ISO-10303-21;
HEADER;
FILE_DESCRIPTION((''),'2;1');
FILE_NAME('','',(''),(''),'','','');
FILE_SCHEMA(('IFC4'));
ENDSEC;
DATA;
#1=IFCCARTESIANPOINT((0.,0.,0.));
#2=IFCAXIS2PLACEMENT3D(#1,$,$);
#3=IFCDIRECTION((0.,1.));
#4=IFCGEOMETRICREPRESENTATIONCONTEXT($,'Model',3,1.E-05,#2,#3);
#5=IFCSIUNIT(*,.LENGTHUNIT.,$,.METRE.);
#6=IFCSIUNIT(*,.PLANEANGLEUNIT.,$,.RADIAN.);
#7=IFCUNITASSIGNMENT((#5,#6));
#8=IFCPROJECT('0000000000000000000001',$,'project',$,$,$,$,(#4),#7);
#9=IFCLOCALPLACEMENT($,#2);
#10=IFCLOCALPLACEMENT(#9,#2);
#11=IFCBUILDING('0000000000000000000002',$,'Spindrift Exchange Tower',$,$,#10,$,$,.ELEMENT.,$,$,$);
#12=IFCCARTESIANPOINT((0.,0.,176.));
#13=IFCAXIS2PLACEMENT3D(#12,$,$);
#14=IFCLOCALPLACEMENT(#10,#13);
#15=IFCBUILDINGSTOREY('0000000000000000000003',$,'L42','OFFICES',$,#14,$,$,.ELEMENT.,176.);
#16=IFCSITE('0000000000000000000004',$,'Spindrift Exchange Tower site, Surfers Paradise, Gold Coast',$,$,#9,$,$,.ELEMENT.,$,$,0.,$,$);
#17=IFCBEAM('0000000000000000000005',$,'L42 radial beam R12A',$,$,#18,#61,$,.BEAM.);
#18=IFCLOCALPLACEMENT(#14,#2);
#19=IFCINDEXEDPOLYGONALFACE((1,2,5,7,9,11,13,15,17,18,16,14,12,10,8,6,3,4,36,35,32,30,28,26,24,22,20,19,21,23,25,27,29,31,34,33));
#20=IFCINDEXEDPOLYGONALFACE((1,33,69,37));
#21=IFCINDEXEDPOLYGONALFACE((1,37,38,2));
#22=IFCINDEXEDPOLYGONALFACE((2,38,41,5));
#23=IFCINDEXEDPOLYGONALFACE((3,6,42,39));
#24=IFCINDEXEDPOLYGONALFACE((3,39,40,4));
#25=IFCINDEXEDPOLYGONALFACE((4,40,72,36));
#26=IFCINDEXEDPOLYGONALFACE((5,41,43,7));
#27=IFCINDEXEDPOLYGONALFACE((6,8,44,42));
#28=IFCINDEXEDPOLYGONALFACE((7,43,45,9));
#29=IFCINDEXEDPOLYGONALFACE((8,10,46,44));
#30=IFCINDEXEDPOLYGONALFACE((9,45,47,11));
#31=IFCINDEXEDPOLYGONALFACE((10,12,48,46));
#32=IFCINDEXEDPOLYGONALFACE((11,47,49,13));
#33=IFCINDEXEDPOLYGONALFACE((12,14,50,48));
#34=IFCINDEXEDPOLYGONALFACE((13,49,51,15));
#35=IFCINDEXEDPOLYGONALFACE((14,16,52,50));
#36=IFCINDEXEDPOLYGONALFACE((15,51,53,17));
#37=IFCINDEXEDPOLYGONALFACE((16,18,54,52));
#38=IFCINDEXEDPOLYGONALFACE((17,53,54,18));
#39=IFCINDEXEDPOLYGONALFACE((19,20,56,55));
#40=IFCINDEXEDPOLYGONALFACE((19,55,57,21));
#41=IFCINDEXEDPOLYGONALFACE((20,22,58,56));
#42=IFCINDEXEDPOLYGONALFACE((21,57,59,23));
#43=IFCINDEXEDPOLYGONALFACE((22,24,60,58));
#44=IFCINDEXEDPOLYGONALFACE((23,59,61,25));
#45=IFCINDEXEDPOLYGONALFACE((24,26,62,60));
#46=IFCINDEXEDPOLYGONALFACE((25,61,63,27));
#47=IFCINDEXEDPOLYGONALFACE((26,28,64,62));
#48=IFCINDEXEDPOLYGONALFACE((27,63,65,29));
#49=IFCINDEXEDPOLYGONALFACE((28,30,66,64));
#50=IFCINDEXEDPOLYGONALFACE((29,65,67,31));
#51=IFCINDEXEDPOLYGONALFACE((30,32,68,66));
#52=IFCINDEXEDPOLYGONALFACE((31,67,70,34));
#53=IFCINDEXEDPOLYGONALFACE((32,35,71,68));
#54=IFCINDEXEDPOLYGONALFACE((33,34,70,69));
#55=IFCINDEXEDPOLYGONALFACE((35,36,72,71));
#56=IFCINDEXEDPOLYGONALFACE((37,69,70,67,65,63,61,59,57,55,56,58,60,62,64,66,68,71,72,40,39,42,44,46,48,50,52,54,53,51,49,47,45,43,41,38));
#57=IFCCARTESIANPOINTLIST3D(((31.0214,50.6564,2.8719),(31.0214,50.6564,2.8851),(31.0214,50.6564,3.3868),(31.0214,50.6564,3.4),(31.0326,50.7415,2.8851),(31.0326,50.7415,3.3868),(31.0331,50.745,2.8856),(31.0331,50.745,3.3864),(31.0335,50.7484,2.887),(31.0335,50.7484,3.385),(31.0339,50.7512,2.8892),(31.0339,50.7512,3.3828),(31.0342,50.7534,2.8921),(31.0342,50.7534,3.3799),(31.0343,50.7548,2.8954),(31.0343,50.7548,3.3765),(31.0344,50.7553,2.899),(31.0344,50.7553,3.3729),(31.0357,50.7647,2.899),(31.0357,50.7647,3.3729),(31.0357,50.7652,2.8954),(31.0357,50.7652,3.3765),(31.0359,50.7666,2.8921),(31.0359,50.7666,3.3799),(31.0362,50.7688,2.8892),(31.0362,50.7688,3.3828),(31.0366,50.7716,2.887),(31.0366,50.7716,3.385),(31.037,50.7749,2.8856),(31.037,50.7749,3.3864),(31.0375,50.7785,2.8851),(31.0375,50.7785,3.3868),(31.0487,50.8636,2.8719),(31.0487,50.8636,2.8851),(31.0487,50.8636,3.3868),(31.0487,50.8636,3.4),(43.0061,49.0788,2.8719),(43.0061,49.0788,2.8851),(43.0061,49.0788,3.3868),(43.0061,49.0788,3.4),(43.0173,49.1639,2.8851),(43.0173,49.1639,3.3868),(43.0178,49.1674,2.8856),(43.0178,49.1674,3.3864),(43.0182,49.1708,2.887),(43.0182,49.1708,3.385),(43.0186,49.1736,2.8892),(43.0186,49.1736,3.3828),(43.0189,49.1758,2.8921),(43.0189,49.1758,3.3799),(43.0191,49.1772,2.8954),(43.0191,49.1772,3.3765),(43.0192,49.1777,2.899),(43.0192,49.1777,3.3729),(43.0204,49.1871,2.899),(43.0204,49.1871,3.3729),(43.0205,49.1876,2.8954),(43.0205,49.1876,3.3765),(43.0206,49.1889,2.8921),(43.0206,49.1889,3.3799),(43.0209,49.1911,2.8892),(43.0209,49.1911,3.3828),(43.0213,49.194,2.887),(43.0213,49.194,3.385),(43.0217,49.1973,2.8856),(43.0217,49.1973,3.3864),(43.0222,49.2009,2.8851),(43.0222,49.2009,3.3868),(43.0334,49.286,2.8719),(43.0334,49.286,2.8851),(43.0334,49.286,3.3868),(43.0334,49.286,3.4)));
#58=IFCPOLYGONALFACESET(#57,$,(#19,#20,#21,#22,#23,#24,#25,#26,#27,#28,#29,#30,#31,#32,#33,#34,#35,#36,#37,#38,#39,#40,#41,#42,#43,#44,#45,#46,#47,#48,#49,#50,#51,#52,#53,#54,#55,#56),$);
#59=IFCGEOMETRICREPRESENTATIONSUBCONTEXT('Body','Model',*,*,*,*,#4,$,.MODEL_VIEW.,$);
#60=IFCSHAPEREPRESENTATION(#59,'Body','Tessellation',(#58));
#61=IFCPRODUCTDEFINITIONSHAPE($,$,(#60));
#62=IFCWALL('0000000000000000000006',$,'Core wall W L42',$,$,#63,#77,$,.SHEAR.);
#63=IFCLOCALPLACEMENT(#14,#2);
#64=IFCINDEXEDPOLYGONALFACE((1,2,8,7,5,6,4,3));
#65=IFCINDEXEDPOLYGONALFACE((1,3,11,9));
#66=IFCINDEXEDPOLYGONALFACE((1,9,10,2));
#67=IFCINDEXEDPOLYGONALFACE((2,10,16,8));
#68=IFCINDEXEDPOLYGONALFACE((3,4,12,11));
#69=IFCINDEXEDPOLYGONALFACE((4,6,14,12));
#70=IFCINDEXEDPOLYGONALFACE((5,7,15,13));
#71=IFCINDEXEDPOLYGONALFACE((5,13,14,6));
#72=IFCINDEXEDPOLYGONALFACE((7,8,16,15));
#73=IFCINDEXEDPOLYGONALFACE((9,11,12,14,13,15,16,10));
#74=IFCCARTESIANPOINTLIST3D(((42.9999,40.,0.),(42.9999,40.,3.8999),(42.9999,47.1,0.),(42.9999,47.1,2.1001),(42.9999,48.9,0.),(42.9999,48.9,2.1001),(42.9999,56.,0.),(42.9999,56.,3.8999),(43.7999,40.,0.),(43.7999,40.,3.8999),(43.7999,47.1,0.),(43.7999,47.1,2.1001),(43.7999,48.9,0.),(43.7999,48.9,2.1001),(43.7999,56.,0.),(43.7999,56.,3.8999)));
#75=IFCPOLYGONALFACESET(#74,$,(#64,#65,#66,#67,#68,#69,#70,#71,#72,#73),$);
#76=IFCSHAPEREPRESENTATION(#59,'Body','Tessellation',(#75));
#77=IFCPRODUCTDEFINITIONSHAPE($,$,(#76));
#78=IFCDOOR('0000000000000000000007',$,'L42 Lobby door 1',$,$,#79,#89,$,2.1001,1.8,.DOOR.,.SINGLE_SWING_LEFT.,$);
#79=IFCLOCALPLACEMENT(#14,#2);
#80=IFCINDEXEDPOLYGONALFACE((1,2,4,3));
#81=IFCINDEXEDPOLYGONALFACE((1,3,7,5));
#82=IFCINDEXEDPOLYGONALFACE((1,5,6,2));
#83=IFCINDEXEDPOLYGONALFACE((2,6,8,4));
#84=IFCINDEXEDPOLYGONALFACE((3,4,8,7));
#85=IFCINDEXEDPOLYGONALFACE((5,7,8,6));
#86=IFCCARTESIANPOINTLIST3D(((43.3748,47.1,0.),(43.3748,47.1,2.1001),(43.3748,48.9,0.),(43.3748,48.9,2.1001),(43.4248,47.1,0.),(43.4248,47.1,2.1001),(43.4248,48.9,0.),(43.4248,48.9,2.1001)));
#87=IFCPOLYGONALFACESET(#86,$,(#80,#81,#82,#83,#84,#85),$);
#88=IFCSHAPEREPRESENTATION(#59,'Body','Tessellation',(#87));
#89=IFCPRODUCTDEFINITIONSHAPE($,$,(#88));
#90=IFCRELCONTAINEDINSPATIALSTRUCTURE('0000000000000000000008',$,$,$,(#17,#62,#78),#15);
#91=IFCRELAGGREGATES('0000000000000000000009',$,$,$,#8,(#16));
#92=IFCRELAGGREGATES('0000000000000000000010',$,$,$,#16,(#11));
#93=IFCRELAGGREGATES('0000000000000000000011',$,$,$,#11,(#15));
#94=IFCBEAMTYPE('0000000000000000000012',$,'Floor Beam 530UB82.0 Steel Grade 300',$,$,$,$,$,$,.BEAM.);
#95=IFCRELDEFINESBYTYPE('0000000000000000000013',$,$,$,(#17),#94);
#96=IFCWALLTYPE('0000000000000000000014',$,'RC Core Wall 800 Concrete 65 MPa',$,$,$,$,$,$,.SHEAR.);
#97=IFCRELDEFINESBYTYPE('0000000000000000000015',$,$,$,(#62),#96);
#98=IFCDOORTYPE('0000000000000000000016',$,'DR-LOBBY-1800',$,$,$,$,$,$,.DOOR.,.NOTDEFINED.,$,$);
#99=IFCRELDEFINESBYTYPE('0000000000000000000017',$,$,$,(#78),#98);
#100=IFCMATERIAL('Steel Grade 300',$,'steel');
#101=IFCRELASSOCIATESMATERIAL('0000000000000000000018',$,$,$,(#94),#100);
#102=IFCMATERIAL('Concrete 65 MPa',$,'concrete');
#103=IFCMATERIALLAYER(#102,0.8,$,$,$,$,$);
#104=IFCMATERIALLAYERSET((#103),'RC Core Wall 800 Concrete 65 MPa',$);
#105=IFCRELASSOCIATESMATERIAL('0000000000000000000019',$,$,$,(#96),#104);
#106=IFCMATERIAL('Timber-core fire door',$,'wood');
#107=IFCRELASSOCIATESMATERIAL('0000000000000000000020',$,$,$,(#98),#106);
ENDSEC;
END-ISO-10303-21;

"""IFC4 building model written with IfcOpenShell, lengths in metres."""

from ifc_helpers import new_model, si_unit, direction, frame, frame_2d, origin, origin_2d, place, context, subcontext, project, spatial, rectangle, i_section, extrude, source, transform, mapped, material, layer, layer_set, material_profile, profile_set, type_object, element, fill, save


model = new_model("IFC4")

# Units and contexts
model_context = context("Model", 3, precision=1e-05, world=origin(), true_north=direction((0.0, 1.0)))
body_context = subcontext(model_context, "Body", "Model", "MODEL_VIEW")
ifc_project = project(units=[si_unit("LENGTHUNIT", "METRE"), si_unit("PLANEANGLEUNIT", "RADIAN")], contexts=[model_context])

# Site, building, storey
site_placement = place(None, origin())
site = spatial("IfcSite", under=ifc_project, at=site_placement, Name="Spindrift Exchange Tower site, Surfers Paradise, Gold Coast", CompositionType="ELEMENT", RefElevation=0.0)
building_placement = place(site_placement, origin())
building = spatial("IfcBuilding", under=site, at=building_placement, Name="Spindrift Exchange Tower", CompositionType="ELEMENT")
storey_placement = place(building_placement, frame((0.0, 0.0, 176.0)))
storey = spatial("IfcBuildingStorey", under=building, at=storey_placement, Name="L42", Description="OFFICES", CompositionType="ELEMENT", Elevation=176.0)

# Beam
ifc_material_1 = material(Name="Steel Grade 300", Category="steel")
ifc_material_profile_1 = material_profile(ifc_material_1, i_section(OverallWidth=0.209, OverallDepth=0.5281, WebThickness=0.0095, FlangeThickness=0.0132, FilletRadius=0.0139, at=origin_2d()), Name="530UB82.0")
ifc_profile_set_1 = profile_set([ifc_material_profile_1], Name="Steel Grade 300")
beam_type_1 = type_object("IfcBeamType", Name="Floor Beam 530UB82.0 Steel Grade 300", PredefinedType="BEAM", material=ifc_profile_set_1)
shared_shape_1 = source(origin(), body_context, "Body", "SweptSolid", [
    extrude(i_section(OverallWidth=0.209, OverallDepth=0.5281, WebThickness=0.0095, FlangeThickness=0.0132, FilletRadius=0.0139, at=origin_2d()), origin(), (0.0, 0.0, 1.0), 12.0881),
])
beam_1_placement = place(storey_placement, frame((43.0198, 49.1824, 3.136), z_axis=(-0.991447, 0.13051, 0.0), x_axis=(-0.13051, -0.991447, 0.0)))
element("IfcBeam", 1, at=beam_1_placement, inside=storey, type_object=beam_type_1, Name="L42 radial beam R12A", PredefinedType="BEAM", context=body_context, shape_type="MappedRepresentation", body=[
    mapped(shared_shape_1, transform((0.0, 0.0, 0.0), scale=1.0)),
])

# Wall, opening, door
ifc_material_2 = material(Name="Concrete 65 MPa", Category="concrete")
ifc_layer_1 = layer(ifc_material_2, 0.8)
ifc_layer_set_1 = layer_set([ifc_layer_1], Name="RC Core Wall 800 Concrete 65 MPa")
wall_type_1 = type_object("IfcWallType", Name="RC Core Wall 800 Concrete 65 MPa", PredefinedType="SHEAR", material=ifc_layer_set_1)
wall_1_placement = place(storey_placement, frame((43.3999, 56.0, 0.0), z_axis=(0.0, 0.0, 1.0), x_axis=(0.0, -1.0, 0.0)))
wall_1 = element("IfcWall", 2, at=wall_1_placement, inside=storey, type_object=wall_type_1, Name="Core wall W L42", PredefinedType="SHEAR", context=body_context, shape_type="SweptSolid", body=[
    extrude(rectangle(XDim=16.0, YDim=0.8, at=frame_2d((8.0, 0.0))), origin(), (0.0, 0.0, 1.0), 3.8999),
])
opening_1_placement = place(wall_1_placement, frame((7.1001, 0.0, 0.0)))
opening_1 = element("IfcOpeningElement", 3, at=opening_1_placement, cuts=wall_1, PredefinedType="OPENING", context=body_context, shape_type="SweptSolid", body=[
    extrude(rectangle(XDim=1.8, YDim=2.1001, at=frame_2d((0.8999, 1.05))), frame((0.0, 0.4099, 0.0), z_axis=(0.0, -1.0, 0.0), x_axis=(1.0, 0.0, 0.0)), (0.0, 0.0, 1.0), 0.8201),
])
ifc_material_3 = material(Name="Timber-core fire door", Category="wood")
door_type_1 = type_object("IfcDoorType", Name="DR-LOBBY-1800", OperationType="NOTDEFINED", PredefinedType="DOOR", material=ifc_material_3)
shared_shape_2 = source(origin(), body_context, "Body", "SweptSolid", [
    extrude(rectangle(XDim=1.8, YDim=2.1001, at=frame_2d((0.8999, 1.05))), frame((0.0, 0.0249, 0.0), z_axis=(0.0, -1.0, 0.0), x_axis=(1.0, 0.0, 0.0)), (0.0, 0.0, 1.0), 0.05),
])
door_1_placement = place(opening_1_placement, origin())
door_1 = element("IfcDoor", 4, at=door_1_placement, inside=storey, type_object=door_type_1, Name="L42 Lobby door 1", OperationType="SINGLE_SWING_LEFT", OverallHeight=2.1001, OverallWidth=1.8, PredefinedType="DOOR", context=body_context, shape_type="MappedRepresentation", body=[
    mapped(shared_shape_2, transform((0.0, 0.0, 0.0), scale=1.0)),
])
fill(opening_1, door_1)

save(model, "model.ifc")
